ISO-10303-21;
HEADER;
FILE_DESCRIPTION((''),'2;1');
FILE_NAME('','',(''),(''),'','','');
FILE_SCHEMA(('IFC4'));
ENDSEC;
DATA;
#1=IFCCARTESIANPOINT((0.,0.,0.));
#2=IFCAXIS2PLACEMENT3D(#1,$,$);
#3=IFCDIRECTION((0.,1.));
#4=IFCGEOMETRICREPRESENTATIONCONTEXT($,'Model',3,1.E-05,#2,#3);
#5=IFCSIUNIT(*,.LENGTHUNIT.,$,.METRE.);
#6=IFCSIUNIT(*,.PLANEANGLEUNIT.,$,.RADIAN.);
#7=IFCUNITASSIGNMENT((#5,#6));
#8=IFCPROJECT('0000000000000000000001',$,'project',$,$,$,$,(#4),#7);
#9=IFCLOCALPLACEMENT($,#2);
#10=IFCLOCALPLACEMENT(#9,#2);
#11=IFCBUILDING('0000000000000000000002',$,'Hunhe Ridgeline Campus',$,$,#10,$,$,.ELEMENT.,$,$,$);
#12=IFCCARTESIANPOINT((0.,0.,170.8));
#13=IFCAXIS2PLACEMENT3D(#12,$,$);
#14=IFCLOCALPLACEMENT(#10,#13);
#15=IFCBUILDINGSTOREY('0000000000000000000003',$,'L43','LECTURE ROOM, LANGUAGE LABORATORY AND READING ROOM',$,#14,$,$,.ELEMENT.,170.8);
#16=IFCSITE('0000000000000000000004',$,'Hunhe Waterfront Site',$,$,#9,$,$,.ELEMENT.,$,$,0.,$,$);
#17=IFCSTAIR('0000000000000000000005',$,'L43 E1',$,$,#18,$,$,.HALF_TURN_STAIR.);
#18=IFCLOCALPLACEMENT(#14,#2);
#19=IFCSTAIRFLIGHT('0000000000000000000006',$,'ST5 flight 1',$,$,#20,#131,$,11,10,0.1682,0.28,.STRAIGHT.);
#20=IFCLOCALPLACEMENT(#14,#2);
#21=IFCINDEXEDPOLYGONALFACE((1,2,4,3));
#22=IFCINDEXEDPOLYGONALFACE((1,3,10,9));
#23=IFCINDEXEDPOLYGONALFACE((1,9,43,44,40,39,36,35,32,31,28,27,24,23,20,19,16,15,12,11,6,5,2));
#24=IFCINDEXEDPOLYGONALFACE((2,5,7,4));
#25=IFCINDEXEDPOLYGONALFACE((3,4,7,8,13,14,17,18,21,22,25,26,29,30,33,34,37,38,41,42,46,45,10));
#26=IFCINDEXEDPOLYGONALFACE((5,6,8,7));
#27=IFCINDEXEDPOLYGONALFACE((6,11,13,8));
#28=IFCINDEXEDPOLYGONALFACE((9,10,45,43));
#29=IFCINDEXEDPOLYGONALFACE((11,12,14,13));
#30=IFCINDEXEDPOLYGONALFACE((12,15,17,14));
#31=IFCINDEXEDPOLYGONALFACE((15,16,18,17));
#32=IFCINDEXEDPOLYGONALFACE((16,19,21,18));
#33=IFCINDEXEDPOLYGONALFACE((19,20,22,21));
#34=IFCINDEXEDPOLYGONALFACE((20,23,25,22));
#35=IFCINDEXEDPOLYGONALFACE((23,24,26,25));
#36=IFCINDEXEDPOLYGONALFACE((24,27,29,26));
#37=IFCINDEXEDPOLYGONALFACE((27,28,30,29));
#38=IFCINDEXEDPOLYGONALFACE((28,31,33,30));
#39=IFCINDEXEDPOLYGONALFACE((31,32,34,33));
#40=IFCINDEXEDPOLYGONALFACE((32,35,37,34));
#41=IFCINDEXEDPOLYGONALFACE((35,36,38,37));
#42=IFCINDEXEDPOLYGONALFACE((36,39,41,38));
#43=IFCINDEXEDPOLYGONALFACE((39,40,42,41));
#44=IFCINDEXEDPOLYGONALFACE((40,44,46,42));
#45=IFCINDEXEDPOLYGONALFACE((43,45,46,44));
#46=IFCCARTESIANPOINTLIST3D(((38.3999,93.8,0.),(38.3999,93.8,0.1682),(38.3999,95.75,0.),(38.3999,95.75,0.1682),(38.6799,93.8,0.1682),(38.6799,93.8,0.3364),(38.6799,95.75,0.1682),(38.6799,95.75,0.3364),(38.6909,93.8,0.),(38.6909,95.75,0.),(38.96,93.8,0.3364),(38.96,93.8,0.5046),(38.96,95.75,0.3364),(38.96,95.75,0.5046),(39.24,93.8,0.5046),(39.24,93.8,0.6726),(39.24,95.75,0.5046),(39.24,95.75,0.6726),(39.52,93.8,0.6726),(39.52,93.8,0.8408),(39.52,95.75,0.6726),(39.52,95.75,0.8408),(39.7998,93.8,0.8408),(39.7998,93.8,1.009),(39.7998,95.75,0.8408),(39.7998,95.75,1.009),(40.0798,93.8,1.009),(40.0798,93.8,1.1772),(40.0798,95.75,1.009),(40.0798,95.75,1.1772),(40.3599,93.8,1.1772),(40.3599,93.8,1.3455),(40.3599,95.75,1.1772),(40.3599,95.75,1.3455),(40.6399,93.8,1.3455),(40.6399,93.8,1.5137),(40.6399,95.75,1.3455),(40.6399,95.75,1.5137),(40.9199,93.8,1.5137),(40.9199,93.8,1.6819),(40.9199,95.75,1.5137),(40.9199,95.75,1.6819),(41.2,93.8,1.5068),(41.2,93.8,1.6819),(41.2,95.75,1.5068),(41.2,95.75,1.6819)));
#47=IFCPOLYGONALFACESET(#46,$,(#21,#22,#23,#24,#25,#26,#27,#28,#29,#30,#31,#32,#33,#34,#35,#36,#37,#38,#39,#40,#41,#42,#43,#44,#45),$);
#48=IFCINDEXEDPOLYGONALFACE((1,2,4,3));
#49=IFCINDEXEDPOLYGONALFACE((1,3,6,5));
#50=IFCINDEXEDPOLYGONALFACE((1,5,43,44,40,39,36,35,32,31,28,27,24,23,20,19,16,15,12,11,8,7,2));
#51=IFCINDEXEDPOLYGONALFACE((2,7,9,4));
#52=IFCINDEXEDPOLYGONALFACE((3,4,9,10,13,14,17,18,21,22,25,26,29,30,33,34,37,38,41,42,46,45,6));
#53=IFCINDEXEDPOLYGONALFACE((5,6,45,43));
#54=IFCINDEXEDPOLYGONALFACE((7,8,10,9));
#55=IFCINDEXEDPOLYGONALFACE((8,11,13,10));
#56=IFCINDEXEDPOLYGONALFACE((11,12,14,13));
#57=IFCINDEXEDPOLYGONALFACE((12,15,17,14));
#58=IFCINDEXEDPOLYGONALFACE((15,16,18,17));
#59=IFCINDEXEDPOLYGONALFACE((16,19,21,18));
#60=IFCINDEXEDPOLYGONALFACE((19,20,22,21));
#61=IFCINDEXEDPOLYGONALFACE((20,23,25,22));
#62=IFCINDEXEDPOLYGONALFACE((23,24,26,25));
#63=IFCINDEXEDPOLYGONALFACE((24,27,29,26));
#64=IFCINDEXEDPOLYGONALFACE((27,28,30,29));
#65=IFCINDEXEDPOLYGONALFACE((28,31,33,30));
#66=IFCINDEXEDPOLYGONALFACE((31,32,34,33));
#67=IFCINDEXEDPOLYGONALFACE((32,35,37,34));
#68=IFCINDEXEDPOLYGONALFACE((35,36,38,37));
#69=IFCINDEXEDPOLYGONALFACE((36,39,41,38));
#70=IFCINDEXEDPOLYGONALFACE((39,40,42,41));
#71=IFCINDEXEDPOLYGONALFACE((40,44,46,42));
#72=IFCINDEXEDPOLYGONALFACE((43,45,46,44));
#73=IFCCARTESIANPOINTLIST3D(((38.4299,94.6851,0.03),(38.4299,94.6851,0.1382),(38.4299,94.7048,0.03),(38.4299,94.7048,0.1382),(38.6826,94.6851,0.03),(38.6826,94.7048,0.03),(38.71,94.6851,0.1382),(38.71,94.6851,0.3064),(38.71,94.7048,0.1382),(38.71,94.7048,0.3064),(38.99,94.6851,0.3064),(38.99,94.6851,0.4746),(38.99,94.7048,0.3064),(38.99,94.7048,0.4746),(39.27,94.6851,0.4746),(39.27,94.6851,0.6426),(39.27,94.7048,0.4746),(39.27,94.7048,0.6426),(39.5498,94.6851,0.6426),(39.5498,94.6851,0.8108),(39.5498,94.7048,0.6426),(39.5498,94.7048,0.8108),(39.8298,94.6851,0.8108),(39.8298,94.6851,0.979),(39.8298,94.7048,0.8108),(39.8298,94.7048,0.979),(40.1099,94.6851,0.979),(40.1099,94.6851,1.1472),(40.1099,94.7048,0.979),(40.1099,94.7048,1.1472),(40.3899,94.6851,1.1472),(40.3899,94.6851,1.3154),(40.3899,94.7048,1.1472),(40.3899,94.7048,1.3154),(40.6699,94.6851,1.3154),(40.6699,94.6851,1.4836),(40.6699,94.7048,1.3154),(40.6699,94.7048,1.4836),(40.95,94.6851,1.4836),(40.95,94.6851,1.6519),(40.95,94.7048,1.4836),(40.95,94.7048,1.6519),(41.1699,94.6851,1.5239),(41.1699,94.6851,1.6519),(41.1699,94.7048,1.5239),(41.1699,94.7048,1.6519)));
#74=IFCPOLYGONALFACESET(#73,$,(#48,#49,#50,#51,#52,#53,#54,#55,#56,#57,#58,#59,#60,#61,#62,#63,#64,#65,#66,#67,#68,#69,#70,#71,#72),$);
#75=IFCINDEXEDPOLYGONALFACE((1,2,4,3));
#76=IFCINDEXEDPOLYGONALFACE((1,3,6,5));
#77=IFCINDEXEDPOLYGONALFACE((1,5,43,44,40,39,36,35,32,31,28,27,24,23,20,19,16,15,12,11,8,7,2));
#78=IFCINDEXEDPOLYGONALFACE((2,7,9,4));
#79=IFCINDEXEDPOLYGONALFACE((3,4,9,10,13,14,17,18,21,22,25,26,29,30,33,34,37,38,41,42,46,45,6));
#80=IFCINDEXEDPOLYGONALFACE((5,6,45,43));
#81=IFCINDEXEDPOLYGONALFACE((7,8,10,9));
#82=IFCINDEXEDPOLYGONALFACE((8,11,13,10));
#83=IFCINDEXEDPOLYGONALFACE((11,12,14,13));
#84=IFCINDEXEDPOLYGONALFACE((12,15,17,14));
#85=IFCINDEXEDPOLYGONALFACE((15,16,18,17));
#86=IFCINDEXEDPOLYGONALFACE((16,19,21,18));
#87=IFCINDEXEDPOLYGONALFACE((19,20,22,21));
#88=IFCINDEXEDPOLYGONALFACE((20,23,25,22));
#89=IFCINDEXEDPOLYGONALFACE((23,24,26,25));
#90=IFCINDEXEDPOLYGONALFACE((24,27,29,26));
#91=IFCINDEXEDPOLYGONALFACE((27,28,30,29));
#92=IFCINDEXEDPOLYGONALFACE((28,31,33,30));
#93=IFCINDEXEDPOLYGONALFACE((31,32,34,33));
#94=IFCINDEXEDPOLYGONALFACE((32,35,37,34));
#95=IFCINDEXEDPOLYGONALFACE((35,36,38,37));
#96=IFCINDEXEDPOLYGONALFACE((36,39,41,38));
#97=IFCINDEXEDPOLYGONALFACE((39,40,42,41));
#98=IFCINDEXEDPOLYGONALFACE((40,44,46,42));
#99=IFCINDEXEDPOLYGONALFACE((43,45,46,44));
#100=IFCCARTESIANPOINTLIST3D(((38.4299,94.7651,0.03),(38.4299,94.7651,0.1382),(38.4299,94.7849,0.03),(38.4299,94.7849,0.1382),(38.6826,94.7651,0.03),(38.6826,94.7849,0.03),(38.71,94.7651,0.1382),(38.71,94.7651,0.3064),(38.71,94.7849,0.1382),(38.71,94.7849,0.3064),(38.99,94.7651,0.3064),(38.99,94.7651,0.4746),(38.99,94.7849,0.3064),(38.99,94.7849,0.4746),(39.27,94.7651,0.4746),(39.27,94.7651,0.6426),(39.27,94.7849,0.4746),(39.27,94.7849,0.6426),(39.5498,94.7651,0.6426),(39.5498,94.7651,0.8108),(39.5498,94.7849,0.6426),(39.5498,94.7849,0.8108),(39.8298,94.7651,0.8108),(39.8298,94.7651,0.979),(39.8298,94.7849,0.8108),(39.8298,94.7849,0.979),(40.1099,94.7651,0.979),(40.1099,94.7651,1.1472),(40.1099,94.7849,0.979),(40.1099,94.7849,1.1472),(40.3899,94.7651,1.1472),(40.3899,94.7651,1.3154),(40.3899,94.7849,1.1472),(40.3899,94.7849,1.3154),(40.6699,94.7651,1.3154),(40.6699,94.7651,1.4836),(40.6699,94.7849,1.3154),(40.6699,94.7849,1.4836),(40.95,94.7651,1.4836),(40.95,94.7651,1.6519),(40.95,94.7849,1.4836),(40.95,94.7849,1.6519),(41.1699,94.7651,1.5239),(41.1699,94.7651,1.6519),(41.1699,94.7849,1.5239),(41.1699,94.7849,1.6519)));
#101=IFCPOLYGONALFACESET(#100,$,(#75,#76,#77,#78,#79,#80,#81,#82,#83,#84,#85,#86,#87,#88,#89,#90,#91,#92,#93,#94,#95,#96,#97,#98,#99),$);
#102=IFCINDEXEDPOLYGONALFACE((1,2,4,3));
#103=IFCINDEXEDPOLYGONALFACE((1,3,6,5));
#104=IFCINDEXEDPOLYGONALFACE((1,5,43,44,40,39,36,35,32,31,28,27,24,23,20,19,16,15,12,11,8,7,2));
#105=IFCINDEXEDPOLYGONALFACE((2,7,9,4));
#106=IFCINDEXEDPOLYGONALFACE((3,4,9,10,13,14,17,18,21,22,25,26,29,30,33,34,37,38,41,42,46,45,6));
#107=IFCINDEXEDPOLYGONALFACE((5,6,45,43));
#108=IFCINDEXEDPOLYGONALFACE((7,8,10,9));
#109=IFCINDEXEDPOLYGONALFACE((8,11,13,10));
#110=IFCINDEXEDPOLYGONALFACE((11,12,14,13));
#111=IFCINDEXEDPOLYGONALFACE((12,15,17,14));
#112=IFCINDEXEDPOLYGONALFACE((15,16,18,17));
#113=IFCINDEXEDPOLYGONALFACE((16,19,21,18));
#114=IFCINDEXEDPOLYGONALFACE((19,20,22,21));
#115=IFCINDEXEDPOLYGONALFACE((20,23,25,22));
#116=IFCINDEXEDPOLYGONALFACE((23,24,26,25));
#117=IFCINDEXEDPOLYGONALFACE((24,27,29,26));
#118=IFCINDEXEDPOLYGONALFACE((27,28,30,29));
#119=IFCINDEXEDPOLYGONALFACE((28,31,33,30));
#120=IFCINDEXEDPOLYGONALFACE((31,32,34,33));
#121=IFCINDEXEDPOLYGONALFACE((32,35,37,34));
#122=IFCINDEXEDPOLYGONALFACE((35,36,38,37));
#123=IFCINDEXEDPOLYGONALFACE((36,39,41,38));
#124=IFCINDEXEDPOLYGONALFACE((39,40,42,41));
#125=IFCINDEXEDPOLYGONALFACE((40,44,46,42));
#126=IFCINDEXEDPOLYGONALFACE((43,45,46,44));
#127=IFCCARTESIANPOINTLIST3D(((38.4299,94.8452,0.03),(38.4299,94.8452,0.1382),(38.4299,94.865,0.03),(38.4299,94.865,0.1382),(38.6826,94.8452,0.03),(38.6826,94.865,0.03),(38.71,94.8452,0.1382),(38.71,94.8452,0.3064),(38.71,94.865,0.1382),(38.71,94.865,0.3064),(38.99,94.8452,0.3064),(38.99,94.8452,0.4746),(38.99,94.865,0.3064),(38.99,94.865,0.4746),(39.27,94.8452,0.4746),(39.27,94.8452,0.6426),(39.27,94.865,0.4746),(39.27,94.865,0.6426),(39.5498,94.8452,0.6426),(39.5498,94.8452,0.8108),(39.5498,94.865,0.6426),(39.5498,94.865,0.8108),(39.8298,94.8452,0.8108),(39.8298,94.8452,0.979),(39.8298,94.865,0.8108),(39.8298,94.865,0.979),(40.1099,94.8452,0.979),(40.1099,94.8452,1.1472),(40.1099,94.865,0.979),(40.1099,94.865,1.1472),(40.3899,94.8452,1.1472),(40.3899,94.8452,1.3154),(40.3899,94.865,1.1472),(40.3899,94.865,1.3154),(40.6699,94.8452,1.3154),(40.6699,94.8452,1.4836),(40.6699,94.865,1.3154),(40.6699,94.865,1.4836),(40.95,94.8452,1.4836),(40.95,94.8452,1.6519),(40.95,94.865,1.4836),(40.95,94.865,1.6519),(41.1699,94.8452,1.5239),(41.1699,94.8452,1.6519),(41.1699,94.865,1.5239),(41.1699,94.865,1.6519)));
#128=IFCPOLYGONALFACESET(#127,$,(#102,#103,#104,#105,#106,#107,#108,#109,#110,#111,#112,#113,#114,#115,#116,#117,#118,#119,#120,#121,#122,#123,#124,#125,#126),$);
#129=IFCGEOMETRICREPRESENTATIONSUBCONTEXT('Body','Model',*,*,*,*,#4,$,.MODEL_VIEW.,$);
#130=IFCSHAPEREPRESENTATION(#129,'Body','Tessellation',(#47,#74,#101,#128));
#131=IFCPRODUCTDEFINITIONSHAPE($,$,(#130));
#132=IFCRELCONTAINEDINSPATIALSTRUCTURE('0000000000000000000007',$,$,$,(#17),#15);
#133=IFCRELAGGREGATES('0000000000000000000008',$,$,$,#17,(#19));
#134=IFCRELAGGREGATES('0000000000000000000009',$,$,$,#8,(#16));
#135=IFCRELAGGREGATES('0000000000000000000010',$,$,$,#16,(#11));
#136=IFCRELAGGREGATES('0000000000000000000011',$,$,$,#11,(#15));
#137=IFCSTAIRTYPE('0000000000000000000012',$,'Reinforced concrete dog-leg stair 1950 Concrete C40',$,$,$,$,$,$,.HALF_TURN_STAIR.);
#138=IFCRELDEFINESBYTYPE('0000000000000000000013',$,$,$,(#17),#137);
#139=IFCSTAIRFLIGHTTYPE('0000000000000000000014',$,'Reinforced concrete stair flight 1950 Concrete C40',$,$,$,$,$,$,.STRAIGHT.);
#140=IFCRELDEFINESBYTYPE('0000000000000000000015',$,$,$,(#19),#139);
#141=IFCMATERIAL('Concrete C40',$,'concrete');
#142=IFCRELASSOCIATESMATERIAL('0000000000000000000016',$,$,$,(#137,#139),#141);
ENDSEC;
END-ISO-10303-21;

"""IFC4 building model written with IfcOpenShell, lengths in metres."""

from ifc_helpers import new_model, si_unit, direction, frame, origin, place, context, subcontext, project, spatial, polyline, outline, extrude, material, type_object, element, aggregate, save


model = new_model("IFC4")

# Units and contexts
model_context = context("Model", 3, precision=1e-05, world=origin(), true_north=direction((0.0, 1.0)))
body_context = subcontext(model_context, "Body", "Model", "MODEL_VIEW")
ifc_project = project(units=[si_unit("LENGTHUNIT", "METRE"), si_unit("PLANEANGLEUNIT", "RADIAN")], contexts=[model_context])

# Site, building, storey
site_placement = place(None, origin())
site = spatial("IfcSite", under=ifc_project, at=site_placement, Name="Hunhe Waterfront Site", CompositionType="ELEMENT", RefElevation=0.0)
building_placement = place(site_placement, origin())
building = spatial("IfcBuilding", under=site, at=building_placement, Name="Hunhe Ridgeline Campus", CompositionType="ELEMENT")
storey_placement = place(building_placement, frame((0.0, 0.0, 170.8)))
storey = spatial("IfcBuildingStorey", under=building, at=storey_placement, Name="L43", Description="LECTURE ROOM, LANGUAGE LABORATORY AND READING ROOM", CompositionType="ELEMENT", Elevation=170.8)

# Shared definitions
ifc_material_1 = material(Name="Concrete C40", Category="concrete")
stair_type = type_object("IfcStairType", Name="Reinforced concrete dog-leg stair 1950 Concrete C40", PredefinedType="HALF_TURN_STAIR", material=ifc_material_1)
stair_flight_type = type_object("IfcStairFlightType", Name="Reinforced concrete stair flight 1950 Concrete C40", PredefinedType="STRAIGHT", material=ifc_material_1)

# Stair, stair flight
stair_1_placement = place(storey_placement, origin())
stair_1 = element("IfcStair", 1, at=stair_1_placement, inside=storey, type_object=stair_type, Name="L43 E1", PredefinedType="HALF_TURN_STAIR")
stair_flight_1_placement = place(storey_placement, frame((38.3999, 94.7749, 0.0), z_axis=(0.0, 0.0, 1.0), x_axis=(1.0, 0.0, 0.0)))
stair_flight_1 = element("IfcStairFlight", 2, at=stair_flight_1_placement, type_object=stair_flight_type, Name="ST5 flight 1", NumberOfRisers=11, NumberOfTreads=10, PredefinedType="STRAIGHT", RiserHeight=0.1682, TreadLength=0.28, context=body_context, shape_type="SweptSolid", body=[
    extrude(outline(polyline([(0.0, 0.0), (0.0, 0.1682), (0.28, 0.1682), (0.28, 0.3364), (0.5601, 0.3364), (0.5601, 0.5046), (0.8401, 0.5046), (0.8401, 0.6726), (1.1201, 0.6726), (1.1201, 0.8408), (1.3999, 0.8408), (1.3999, 1.009), (1.6799, 1.009), (1.6799, 1.1772), (1.96, 1.1772), (1.96, 1.3455), (2.24, 1.3455), (2.24, 1.5137), (2.52, 1.5137), (2.52, 1.6819), (2.8, 1.6819), (2.8, 1.8501), (2.8, 1.5068), (0.291, 0.0), (0.0, 0.0)])), frame((0.0, 0.9751, 0.0), z_axis=(0.0, -1.0, 0.0), x_axis=(1.0, 0.0, 0.0)), (0.0, 0.0, 1.0), 1.95),
    extrude(outline(polyline([(0.03, 0.03), (0.03, 0.1382), (0.3101, 0.1382), (0.3101, 0.3064), (0.5901, 0.3064), (0.5901, 0.4746), (0.8701, 0.4746), (0.8701, 0.6426), (1.1499, 0.6426), (1.1499, 0.8108), (1.4299, 0.8108), (1.4299, 0.979), (1.71, 0.979), (1.71, 1.1472), (1.99, 1.1472), (1.99, 1.3154), (2.27, 1.3154), (2.27, 1.4836), (2.55, 1.4836), (2.55, 1.6519), (2.77, 1.6519), (2.77, 1.5239), (0.2827, 0.03), (0.03, 0.03)])), frame((0.0, -0.0701, 0.0), z_axis=(0.0, -1.0, 0.0), x_axis=(1.0, 0.0, 0.0)), (0.0, 0.0, 1.0), 0.0198),
    extrude(outline(polyline([(0.03, 0.03), (0.03, 0.1382), (0.3101, 0.1382), (0.3101, 0.3064), (0.5901, 0.3064), (0.5901, 0.4746), (0.8701, 0.4746), (0.8701, 0.6426), (1.1499, 0.6426), (1.1499, 0.8108), (1.4299, 0.8108), (1.4299, 0.979), (1.71, 0.979), (1.71, 1.1472), (1.99, 1.1472), (1.99, 1.3154), (2.27, 1.3154), (2.27, 1.4836), (2.55, 1.4836), (2.55, 1.6519), (2.77, 1.6519), (2.77, 1.5239), (0.2827, 0.03), (0.03, 0.03)])), frame((0.0, 0.01, 0.0), z_axis=(0.0, -1.0, 0.0), x_axis=(1.0, 0.0, 0.0)), (0.0, 0.0, 1.0), 0.0198),
    extrude(outline(polyline([(0.03, 0.03), (0.03, 0.1382), (0.3101, 0.1382), (0.3101, 0.3064), (0.5901, 0.3064), (0.5901, 0.4746), (0.8701, 0.4746), (0.8701, 0.6426), (1.1499, 0.6426), (1.1499, 0.8108), (1.4299, 0.8108), (1.4299, 0.979), (1.71, 0.979), (1.71, 1.1472), (1.99, 1.1472), (1.99, 1.3154), (2.27, 1.3154), (2.27, 1.4836), (2.55, 1.4836), (2.55, 1.6519), (2.77, 1.6519), (2.77, 1.5239), (0.2827, 0.03), (0.03, 0.03)])), frame((0.0, 0.0901, 0.0), z_axis=(0.0, -1.0, 0.0), x_axis=(1.0, 0.0, 0.0)), (0.0, 0.0, 1.0), 0.0198),
])
aggregate(stair_1, [stair_flight_1])

save(model, "model.ifc")
